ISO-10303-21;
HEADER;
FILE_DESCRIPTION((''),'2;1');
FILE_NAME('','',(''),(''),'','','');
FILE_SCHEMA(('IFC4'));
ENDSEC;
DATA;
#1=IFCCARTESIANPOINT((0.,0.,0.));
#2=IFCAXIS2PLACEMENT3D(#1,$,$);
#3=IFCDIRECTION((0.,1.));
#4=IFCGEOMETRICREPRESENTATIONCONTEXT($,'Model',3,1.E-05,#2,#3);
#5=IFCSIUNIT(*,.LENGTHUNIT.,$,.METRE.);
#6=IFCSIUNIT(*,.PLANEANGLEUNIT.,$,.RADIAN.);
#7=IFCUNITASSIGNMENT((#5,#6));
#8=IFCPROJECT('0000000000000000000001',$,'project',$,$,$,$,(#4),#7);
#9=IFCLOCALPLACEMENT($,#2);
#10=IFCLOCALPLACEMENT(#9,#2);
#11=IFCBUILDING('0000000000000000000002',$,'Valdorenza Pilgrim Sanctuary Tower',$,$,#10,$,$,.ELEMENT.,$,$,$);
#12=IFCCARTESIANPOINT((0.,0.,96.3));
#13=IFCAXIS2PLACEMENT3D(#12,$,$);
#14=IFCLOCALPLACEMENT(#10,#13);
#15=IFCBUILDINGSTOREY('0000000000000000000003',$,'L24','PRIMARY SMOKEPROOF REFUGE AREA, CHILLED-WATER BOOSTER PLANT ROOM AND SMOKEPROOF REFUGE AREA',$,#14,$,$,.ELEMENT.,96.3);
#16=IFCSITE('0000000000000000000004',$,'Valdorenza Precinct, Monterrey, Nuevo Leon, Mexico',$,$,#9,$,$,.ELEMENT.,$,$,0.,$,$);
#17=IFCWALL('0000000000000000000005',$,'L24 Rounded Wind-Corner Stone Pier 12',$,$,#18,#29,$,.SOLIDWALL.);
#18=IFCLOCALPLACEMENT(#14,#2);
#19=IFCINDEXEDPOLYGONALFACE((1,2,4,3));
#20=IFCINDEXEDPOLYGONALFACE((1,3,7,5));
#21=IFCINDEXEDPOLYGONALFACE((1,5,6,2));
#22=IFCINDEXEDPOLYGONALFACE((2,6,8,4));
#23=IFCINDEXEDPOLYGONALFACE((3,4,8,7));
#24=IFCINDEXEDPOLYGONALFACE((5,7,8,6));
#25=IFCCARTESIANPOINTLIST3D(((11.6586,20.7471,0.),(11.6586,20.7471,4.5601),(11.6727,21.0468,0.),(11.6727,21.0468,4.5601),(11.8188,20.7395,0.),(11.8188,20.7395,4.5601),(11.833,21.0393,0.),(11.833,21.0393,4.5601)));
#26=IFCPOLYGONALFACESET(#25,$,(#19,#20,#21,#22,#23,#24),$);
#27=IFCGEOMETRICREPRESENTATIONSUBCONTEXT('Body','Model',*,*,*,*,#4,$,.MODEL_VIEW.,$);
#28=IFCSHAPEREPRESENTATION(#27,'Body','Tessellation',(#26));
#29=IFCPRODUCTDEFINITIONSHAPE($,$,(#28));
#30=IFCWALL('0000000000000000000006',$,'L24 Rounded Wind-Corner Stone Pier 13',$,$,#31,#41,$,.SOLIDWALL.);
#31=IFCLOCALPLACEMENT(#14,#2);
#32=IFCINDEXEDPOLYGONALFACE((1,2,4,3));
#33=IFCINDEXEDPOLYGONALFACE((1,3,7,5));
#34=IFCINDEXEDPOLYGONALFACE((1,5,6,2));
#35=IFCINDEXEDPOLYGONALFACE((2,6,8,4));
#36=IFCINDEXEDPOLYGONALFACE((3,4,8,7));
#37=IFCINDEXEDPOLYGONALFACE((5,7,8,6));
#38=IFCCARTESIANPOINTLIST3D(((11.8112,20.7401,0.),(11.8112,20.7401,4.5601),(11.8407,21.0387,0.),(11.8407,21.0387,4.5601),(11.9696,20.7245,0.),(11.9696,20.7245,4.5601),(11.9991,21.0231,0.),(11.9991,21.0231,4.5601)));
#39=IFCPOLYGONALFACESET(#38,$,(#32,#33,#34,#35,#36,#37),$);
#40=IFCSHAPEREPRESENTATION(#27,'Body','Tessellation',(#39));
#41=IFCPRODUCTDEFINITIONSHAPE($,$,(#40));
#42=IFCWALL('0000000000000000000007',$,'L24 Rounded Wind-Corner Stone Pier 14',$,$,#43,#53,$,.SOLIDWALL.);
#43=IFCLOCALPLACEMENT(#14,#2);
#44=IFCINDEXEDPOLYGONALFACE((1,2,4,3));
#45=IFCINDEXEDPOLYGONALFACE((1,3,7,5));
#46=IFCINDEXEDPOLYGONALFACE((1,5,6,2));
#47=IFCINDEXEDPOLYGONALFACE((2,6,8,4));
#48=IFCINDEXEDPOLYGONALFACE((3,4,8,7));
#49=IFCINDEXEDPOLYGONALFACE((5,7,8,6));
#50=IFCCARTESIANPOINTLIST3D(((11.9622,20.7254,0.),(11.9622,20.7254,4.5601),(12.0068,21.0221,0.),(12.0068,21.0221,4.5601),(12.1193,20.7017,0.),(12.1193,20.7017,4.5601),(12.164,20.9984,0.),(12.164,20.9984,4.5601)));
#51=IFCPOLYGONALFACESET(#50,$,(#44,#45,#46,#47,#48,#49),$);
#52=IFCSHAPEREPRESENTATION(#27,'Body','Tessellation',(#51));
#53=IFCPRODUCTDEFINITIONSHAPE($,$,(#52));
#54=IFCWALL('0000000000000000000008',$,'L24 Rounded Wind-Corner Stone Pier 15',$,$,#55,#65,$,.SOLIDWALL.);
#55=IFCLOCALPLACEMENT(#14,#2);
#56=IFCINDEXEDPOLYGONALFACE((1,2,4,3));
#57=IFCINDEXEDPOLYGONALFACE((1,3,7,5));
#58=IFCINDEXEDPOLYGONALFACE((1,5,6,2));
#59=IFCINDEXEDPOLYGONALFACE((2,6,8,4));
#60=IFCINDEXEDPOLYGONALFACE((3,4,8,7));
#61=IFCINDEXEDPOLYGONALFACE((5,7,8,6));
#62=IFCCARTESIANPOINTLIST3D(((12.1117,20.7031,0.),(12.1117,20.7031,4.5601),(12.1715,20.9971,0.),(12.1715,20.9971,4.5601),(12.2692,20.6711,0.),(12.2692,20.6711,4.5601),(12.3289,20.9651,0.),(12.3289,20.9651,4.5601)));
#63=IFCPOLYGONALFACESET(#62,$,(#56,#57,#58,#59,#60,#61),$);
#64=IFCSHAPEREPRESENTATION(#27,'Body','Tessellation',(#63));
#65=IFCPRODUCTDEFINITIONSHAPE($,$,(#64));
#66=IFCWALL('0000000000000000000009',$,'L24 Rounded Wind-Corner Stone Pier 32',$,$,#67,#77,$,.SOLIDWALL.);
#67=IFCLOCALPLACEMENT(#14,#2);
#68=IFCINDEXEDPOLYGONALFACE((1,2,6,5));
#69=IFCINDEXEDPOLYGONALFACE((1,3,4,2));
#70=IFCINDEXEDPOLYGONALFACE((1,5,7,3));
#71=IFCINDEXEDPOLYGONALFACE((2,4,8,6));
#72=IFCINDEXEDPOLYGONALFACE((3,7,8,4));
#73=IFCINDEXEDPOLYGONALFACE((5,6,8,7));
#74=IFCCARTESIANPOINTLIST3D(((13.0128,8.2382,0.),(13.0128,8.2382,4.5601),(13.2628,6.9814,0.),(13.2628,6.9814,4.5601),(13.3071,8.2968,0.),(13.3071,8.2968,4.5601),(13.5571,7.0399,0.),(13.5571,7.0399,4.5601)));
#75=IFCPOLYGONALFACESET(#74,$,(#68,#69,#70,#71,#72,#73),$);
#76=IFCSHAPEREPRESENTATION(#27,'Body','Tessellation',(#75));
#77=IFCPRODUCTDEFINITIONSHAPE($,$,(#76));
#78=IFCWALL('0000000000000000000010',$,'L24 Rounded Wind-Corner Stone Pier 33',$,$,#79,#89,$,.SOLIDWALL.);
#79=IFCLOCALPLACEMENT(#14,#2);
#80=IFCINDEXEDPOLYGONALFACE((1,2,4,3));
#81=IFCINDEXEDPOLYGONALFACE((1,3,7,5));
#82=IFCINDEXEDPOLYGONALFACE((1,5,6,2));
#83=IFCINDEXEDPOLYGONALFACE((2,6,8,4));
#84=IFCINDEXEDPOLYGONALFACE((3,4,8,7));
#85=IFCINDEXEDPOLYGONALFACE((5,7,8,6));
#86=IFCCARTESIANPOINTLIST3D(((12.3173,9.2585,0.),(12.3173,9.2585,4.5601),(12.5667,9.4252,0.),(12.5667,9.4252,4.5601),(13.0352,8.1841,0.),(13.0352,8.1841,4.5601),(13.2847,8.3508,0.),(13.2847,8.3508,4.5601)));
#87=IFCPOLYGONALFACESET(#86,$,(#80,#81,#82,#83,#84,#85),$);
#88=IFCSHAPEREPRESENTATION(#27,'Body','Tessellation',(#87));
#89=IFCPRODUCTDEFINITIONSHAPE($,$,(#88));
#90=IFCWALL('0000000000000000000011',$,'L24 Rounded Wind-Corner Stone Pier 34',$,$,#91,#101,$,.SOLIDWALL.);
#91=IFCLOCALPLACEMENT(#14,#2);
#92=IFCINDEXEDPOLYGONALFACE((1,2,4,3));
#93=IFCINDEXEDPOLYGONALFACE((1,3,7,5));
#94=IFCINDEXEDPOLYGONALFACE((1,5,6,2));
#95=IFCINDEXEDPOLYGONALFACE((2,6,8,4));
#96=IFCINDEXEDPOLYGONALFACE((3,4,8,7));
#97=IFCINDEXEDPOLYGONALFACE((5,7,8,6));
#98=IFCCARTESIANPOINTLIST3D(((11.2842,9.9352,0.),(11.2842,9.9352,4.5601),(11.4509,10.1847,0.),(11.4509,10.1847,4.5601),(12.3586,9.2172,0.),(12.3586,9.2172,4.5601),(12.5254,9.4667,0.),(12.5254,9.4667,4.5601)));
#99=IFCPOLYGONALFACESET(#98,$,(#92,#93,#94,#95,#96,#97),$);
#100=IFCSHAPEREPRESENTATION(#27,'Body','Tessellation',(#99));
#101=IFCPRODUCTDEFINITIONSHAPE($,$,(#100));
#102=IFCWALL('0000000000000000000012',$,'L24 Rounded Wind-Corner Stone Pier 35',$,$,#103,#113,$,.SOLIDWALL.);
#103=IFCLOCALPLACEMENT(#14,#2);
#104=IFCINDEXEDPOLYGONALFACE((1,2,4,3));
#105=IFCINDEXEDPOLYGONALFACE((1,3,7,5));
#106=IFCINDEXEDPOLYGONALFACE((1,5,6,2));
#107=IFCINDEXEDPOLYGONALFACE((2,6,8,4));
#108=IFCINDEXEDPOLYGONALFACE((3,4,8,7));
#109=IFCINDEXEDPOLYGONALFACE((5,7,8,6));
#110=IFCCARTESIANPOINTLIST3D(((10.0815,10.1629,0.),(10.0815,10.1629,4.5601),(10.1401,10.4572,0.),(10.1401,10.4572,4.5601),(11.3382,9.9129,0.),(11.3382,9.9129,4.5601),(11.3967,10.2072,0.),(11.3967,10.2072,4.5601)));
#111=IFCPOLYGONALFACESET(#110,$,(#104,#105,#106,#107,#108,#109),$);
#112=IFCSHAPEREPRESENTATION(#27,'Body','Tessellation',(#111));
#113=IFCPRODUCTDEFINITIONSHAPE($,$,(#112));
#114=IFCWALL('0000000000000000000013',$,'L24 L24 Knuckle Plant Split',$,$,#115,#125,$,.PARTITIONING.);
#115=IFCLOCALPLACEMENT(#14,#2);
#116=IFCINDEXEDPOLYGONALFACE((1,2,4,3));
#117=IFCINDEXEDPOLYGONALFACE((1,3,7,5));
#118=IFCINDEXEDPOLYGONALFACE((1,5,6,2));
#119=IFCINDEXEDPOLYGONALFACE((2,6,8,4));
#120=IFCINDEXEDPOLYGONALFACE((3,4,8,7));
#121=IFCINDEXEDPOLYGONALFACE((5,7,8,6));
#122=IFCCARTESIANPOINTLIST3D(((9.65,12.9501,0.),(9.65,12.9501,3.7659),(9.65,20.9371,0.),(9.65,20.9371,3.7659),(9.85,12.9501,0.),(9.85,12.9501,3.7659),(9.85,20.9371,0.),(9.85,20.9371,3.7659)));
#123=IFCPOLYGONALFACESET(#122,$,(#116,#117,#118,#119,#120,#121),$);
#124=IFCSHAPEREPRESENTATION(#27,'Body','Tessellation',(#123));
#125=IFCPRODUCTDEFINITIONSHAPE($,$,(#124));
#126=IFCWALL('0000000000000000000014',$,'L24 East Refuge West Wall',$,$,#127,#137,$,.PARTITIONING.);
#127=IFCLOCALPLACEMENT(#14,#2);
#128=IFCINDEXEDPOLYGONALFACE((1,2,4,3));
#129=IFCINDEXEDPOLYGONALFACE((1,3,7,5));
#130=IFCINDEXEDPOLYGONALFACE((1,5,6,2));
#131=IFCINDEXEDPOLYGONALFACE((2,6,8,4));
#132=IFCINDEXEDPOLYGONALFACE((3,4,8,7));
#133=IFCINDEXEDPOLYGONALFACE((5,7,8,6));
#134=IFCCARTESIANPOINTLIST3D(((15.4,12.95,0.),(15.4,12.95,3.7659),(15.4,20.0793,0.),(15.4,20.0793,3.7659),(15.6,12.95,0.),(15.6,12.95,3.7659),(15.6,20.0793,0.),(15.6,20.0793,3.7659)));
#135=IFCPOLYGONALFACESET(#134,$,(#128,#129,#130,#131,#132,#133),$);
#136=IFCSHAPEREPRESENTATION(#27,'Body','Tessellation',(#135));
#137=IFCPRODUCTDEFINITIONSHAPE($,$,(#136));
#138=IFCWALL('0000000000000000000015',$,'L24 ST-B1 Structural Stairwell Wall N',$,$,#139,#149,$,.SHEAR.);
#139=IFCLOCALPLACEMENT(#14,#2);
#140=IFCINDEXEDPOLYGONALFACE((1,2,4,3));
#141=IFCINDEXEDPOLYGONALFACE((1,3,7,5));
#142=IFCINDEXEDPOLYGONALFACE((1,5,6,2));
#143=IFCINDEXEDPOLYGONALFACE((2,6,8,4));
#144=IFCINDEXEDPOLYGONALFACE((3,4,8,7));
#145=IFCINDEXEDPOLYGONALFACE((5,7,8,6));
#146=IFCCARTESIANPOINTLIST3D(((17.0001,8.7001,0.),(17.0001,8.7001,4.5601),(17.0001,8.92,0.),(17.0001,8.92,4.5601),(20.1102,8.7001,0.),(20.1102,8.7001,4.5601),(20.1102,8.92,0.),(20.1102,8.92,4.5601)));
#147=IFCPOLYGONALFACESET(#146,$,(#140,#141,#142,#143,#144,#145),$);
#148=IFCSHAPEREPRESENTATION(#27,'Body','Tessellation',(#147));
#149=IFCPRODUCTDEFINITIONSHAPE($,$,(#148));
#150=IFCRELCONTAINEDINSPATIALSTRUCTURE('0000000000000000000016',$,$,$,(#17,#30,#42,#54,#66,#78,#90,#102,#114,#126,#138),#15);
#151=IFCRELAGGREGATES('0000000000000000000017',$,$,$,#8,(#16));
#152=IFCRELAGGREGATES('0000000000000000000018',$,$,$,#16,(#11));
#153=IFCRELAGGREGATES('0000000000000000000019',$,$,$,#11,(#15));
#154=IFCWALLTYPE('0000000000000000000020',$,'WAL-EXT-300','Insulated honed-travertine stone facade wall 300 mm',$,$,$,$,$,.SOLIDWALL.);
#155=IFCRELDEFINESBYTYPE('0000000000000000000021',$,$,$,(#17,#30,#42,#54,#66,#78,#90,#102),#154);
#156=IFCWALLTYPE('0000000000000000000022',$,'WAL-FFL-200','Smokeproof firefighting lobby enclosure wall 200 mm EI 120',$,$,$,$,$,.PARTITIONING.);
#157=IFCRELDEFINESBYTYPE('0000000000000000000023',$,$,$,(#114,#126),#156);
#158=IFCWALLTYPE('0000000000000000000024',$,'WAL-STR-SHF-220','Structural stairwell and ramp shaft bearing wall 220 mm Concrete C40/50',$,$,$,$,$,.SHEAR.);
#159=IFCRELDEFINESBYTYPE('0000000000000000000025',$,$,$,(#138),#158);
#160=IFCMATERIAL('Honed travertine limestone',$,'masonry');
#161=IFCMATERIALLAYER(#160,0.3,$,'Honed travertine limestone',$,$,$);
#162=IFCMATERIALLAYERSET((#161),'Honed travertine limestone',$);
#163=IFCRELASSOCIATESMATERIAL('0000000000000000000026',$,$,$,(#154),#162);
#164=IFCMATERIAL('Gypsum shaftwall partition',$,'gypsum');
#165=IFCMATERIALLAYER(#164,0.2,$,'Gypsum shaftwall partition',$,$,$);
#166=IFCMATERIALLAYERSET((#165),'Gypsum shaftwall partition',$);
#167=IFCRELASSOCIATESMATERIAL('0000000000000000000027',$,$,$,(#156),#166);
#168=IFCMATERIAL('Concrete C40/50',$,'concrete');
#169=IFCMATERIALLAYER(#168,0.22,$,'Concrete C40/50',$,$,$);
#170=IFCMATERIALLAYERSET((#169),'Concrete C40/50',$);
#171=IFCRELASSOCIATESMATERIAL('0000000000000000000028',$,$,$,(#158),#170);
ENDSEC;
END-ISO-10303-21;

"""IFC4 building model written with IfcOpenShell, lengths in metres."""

from ifc_helpers import new_model, si_unit, direction, frame, frame_2d, origin, place, context, subcontext, project, spatial, rectangle, extrude, material, layer, layer_set, type_object, element, save


model = new_model("IFC4")

# Units and contexts
model_context = context("Model", 3, precision=1e-05, world=origin(), true_north=direction((0.0, 1.0)))
body_context = subcontext(model_context, "Body", "Model", "MODEL_VIEW")
ifc_project = project(units=[si_unit("LENGTHUNIT", "METRE"), si_unit("PLANEANGLEUNIT", "RADIAN")], contexts=[model_context])

# Site, building, storey
site_placement = place(None, origin())
site = spatial("IfcSite", under=ifc_project, at=site_placement, Name="Valdorenza Precinct, Monterrey, Nuevo Leon, Mexico", CompositionType="ELEMENT", RefElevation=0.0)
building_placement = place(site_placement, origin())
building = spatial("IfcBuilding", under=site, at=building_placement, Name="Valdorenza Pilgrim Sanctuary Tower", CompositionType="ELEMENT")
storey_placement = place(building_placement, frame((0.0, 0.0, 96.3)))
storey = spatial("IfcBuildingStorey", under=building, at=storey_placement, Name="L24", Description="PRIMARY SMOKEPROOF REFUGE AREA, CHILLED-WATER BOOSTER PLANT ROOM AND SMOKEPROOF REFUGE AREA", CompositionType="ELEMENT", Elevation=96.3)

# Shared definitions
ifc_material_1 = material(Name="Honed travertine limestone", Category="masonry")

# Walls
ifc_layer_1 = layer(ifc_material_1, 0.3, Name="Honed travertine limestone")
ifc_layer_set_1 = layer_set([ifc_layer_1], Name="Honed travertine limestone")
wall_type_1 = type_object("IfcWallType", Name="WAL-EXT-300", Description="Insulated honed-travertine stone facade wall 300 mm", PredefinedType="SOLIDWALL", material=ifc_layer_set_1)
wall_1_placement = place(storey_placement, frame((11.6658, 20.897, 0.0), z_axis=(0.0, 0.0, 1.0), x_axis=(0.998885, -0.047203, 0.0)))
element("IfcWall", 1, at=wall_1_placement, inside=storey, type_object=wall_type_1, Name="L24 Rounded Wind-Corner Stone Pier 12", PredefinedType="SOLIDWALL", context=body_context, shape_type="SweptSolid", body=[
    extrude(rectangle(XDim=0.1604, YDim=0.3, at=frame_2d((0.0801, 0.0))), origin(), (0.0, 0.0, 1.0), 4.5601),
])
wall_2_placement = place(storey_placement, frame((11.8259, 20.8894, 0.0), z_axis=(0.0, 0.0, 1.0), x_axis=(0.995173, -0.098137, 0.0)))
element("IfcWall", 2, at=wall_2_placement, inside=storey, type_object=wall_type_1, Name="L24 Rounded Wind-Corner Stone Pier 13", PredefinedType="SOLIDWALL", context=body_context, shape_type="SweptSolid", body=[
    extrude(rectangle(XDim=0.1592, YDim=0.3, at=frame_2d((0.0796, 0.0))), origin(), (0.0, 0.0, 1.0), 4.5601),
])
wall_3_placement = place(storey_placement, frame((11.9844, 20.8738, 0.0), z_axis=(0.0, 0.0, 1.0), x_axis=(0.988846, -0.148941, 0.0)))
element("IfcWall", 3, at=wall_3_placement, inside=storey, type_object=wall_type_1, Name="L24 Rounded Wind-Corner Stone Pier 14", PredefinedType="SOLIDWALL", context=body_context, shape_type="SweptSolid", body=[
    extrude(rectangle(XDim=0.1589, YDim=0.3, at=frame_2d((0.0796, 0.0))), origin(), (0.0, 0.0, 1.0), 4.5601),
])
wall_4_placement = place(storey_placement, frame((12.1416, 20.8501, 0.0), z_axis=(0.0, 0.0, 1.0), x_axis=(0.979992, -0.199037, 0.0)))
element("IfcWall", 4, at=wall_4_placement, inside=storey, type_object=wall_type_1, Name="L24 Rounded Wind-Corner Stone Pier 15", PredefinedType="SOLIDWALL", context=body_context, shape_type="SweptSolid", body=[
    extrude(rectangle(XDim=0.1606, YDim=0.3, at=frame_2d((0.0803, 0.0))), origin(), (0.0, 0.0, 1.0), 4.5601),
])
wall_5_placement = place(storey_placement, frame((13.4099, 7.0107, 0.0), z_axis=(0.0, 0.0, 1.0), x_axis=(-0.19509, 0.980785, 0.0)))
element("IfcWall", 5, at=wall_5_placement, inside=storey, type_object=wall_type_1, Name="L24 Rounded Wind-Corner Stone Pier 32", PredefinedType="SOLIDWALL", context=body_context, shape_type="SweptSolid", body=[
    extrude(rectangle(XDim=1.2815, YDim=0.3, at=frame_2d((0.6406, 0.0))), origin(), (0.0, 0.0, 1.0), 4.5601),
])
for number, where, z_axis, x_axis, name in (
    (6, (13.1599, 8.2676, 0.0), (0.0, 0.0, 1.0), (-0.555615, 0.831439, 0.0), "L24 Rounded Wind-Corner Stone Pier 33"),
    (7, (12.4419, 9.342, 0.0), (0.0, 0.0, 1.0), (-0.831439, 0.555615, 0.0), "L24 Rounded Wind-Corner Stone Pier 34"),
):
    element("IfcWall", number, at=place(storey_placement, frame(where, z_axis=z_axis, x_axis=x_axis)), inside=storey, type_object=wall_type_1, Name=name, PredefinedType="SOLIDWALL", context=body_context, shape_type="SweptSolid", body=[
        extrude(rectangle(XDim=1.2922, YDim=0.3, at=frame_2d((0.646, 0.0))), origin(), (0.0, 0.0, 1.0), 4.5601),
    ])
wall_6_placement = place(storey_placement, frame((11.3674, 10.0601, 0.0), z_axis=(0.0, 0.0, 1.0), x_axis=(-0.980778, 0.195127, 0.0)))
element("IfcWall", 8, at=wall_6_placement, inside=storey, type_object=wall_type_1, Name="L24 Rounded Wind-Corner Stone Pier 35", PredefinedType="SOLIDWALL", context=body_context, shape_type="SweptSolid", body=[
    extrude(rectangle(XDim=1.2812, YDim=0.3, at=frame_2d((0.6406, 0.0))), origin(), (0.0, 0.0, 1.0), 4.5601),
])
ifc_material_2 = material(Name="Gypsum shaftwall partition", Category="gypsum")
ifc_layer_2 = layer(ifc_material_2, 0.2, Name="Gypsum shaftwall partition")
ifc_layer_set_2 = layer_set([ifc_layer_2], Name="Gypsum shaftwall partition")
wall_type_2 = type_object("IfcWallType", Name="WAL-FFL-200", Description="Smokeproof firefighting lobby enclosure wall 200 mm EI 120", PredefinedType="PARTITIONING", material=ifc_layer_set_2)
wall_7_placement = place(storey_placement, frame((9.75, 12.95, 0.0), z_axis=(0.0, 0.0, 1.0), x_axis=(0.0, 1.0, 0.0)))
element("IfcWall", 9, at=wall_7_placement, inside=storey, type_object=wall_type_2, Name="L24 L24 Knuckle Plant Split", PredefinedType="PARTITIONING", context=body_context, shape_type="SweptSolid", body=[
    extrude(rectangle(XDim=7.9871, YDim=0.2, at=frame_2d((3.9937, 0.0))), origin(), (0.0, 0.0, 1.0), 3.7659),
])

# Walls
wall_8_placement = place(storey_placement, frame((15.5, 12.95, 0.0), z_axis=(0.0, 0.0, 1.0), x_axis=(0.0, 1.0, 0.0)))
element("IfcWall", 10, at=wall_8_placement, inside=storey, type_object=wall_type_2, Name="L24 East Refuge West Wall", PredefinedType="PARTITIONING", context=body_context, shape_type="SweptSolid", body=[
    extrude(rectangle(XDim=7.1294, YDim=0.2, at=frame_2d((3.5647, 0.0))), origin(), (0.0, 0.0, 1.0), 3.7659),
])
ifc_material_3 = material(Name="Concrete C40/50", Category="concrete")
ifc_layer_3 = layer(ifc_material_3, 0.22, Name="Concrete C40/50")
ifc_layer_set_3 = layer_set([ifc_layer_3], Name="Concrete C40/50")
wall_type_3 = type_object("IfcWallType", Name="WAL-STR-SHF-220", Description="Structural stairwell and ramp shaft bearing wall 220 mm Concrete C40/50", PredefinedType="SHEAR", material=ifc_layer_set_3)
wall_9_placement = place(storey_placement, frame((17.0, 8.8101, 0.0), z_axis=(0.0, 0.0, 1.0), x_axis=(1.0, 0.0, 0.0)))
element("IfcWall", 11, at=wall_9_placement, inside=storey, type_object=wall_type_3, Name="L24 ST-B1 Structural Stairwell Wall N", PredefinedType="SHEAR", context=body_context, shape_type="SweptSolid", body=[
    extrude(rectangle(XDim=3.1101, YDim=0.22, at=frame_2d((1.5552, 0.0))), origin(), (0.0, 0.0, 1.0), 4.5601),
])

save(model, "model.ifc")
